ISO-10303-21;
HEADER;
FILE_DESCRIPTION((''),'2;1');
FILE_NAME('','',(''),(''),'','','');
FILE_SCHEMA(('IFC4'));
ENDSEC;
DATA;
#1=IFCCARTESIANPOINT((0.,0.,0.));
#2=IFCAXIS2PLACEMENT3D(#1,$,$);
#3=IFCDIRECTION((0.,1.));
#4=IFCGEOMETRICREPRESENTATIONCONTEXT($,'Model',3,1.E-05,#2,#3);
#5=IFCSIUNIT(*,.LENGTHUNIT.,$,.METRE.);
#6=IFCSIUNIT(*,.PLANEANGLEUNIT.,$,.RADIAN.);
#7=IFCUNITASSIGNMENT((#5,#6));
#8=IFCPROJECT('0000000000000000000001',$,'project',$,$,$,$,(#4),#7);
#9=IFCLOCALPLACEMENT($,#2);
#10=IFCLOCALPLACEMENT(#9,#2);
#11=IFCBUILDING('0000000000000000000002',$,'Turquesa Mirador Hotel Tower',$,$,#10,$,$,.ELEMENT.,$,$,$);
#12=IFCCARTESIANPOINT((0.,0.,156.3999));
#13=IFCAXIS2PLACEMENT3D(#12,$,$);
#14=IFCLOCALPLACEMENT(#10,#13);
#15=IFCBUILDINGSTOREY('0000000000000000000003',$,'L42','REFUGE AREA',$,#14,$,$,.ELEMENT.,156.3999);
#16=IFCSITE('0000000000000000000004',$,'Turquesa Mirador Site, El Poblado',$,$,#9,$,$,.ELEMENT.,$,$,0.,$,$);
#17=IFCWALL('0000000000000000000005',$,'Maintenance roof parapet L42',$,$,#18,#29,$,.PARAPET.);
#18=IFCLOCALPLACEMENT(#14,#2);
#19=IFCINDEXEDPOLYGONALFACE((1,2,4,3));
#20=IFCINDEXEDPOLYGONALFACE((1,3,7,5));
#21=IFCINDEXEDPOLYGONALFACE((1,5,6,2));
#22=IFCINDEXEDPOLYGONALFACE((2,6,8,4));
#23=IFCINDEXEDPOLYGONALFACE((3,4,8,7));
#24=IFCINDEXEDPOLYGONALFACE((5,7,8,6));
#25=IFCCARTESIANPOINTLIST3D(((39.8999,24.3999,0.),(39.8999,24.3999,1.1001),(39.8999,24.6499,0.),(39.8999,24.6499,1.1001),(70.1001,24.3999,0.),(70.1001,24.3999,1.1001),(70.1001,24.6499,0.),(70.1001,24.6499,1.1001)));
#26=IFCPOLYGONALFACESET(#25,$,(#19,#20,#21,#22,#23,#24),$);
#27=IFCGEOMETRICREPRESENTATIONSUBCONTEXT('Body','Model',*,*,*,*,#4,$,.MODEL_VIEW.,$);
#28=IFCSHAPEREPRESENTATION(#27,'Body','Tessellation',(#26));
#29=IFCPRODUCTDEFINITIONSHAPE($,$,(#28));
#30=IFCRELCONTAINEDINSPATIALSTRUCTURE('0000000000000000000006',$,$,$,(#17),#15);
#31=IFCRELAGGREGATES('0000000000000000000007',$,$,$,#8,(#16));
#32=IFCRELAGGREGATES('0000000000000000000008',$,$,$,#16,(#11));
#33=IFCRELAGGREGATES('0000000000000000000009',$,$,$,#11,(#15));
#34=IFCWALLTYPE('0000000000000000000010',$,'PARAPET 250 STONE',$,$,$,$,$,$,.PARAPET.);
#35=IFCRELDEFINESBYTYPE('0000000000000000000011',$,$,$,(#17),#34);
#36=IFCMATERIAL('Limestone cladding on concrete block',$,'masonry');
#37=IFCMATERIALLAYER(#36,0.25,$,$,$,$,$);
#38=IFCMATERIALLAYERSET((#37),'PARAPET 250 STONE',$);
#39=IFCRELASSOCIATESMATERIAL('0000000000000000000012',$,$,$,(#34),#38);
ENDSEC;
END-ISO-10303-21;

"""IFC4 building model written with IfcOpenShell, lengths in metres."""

from ifc_helpers import new_model, si_unit, direction, frame, frame_2d, origin, place, context, subcontext, project, spatial, rectangle, extrude, material, layer, layer_set, type_object, element, save


model = new_model("IFC4")

# Units and contexts
model_context = context("Model", 3, precision=1e-05, world=origin(), true_north=direction((0.0, 1.0)))
body_context = subcontext(model_context, "Body", "Model", "MODEL_VIEW")
ifc_project = project(units=[si_unit("LENGTHUNIT", "METRE"), si_unit("PLANEANGLEUNIT", "RADIAN")], contexts=[model_context])

# Site, building, storey
site_placement = place(None, origin())
site = spatial("IfcSite", under=ifc_project, at=site_placement, Name="Turquesa Mirador Site, El Poblado", CompositionType="ELEMENT", RefElevation=0.0)
building_placement = place(site_placement, origin())
building = spatial("IfcBuilding", under=site, at=building_placement, Name="Turquesa Mirador Hotel Tower", CompositionType="ELEMENT")
storey_placement = place(building_placement, frame((0.0, 0.0, 156.3999)))
storey = spatial("IfcBuildingStorey", under=building, at=storey_placement, Name="L42", Description="REFUGE AREA", CompositionType="ELEMENT", Elevation=156.3999)

# Wall
ifc_material_1 = material(Name="Limestone cladding on concrete block", Category="masonry")
ifc_layer_1 = layer(ifc_material_1, 0.25)
ifc_layer_set_1 = layer_set([ifc_layer_1], Name="PARAPET 250 STONE")
wall_type_1 = type_object("IfcWallType", Name="PARAPET 250 STONE", PredefinedType="PARAPET", material=ifc_layer_set_1)
wall_1_placement = place(storey_placement, frame((39.8999, 24.5249, 0.0), z_axis=(0.0, 0.0, 1.0), x_axis=(1.0, 0.0, 0.0)))
element("IfcWall", 1, at=wall_1_placement, inside=storey, type_object=wall_type_1, Name="Maintenance roof parapet L42", PredefinedType="PARAPET", context=body_context, shape_type="SweptSolid", body=[
    extrude(rectangle(XDim=30.2002, YDim=0.25, at=frame_2d((15.1001, 0.0))), origin(), (0.0, 0.0, 1.0), 1.1001),
])

save(model, "model.ifc")
